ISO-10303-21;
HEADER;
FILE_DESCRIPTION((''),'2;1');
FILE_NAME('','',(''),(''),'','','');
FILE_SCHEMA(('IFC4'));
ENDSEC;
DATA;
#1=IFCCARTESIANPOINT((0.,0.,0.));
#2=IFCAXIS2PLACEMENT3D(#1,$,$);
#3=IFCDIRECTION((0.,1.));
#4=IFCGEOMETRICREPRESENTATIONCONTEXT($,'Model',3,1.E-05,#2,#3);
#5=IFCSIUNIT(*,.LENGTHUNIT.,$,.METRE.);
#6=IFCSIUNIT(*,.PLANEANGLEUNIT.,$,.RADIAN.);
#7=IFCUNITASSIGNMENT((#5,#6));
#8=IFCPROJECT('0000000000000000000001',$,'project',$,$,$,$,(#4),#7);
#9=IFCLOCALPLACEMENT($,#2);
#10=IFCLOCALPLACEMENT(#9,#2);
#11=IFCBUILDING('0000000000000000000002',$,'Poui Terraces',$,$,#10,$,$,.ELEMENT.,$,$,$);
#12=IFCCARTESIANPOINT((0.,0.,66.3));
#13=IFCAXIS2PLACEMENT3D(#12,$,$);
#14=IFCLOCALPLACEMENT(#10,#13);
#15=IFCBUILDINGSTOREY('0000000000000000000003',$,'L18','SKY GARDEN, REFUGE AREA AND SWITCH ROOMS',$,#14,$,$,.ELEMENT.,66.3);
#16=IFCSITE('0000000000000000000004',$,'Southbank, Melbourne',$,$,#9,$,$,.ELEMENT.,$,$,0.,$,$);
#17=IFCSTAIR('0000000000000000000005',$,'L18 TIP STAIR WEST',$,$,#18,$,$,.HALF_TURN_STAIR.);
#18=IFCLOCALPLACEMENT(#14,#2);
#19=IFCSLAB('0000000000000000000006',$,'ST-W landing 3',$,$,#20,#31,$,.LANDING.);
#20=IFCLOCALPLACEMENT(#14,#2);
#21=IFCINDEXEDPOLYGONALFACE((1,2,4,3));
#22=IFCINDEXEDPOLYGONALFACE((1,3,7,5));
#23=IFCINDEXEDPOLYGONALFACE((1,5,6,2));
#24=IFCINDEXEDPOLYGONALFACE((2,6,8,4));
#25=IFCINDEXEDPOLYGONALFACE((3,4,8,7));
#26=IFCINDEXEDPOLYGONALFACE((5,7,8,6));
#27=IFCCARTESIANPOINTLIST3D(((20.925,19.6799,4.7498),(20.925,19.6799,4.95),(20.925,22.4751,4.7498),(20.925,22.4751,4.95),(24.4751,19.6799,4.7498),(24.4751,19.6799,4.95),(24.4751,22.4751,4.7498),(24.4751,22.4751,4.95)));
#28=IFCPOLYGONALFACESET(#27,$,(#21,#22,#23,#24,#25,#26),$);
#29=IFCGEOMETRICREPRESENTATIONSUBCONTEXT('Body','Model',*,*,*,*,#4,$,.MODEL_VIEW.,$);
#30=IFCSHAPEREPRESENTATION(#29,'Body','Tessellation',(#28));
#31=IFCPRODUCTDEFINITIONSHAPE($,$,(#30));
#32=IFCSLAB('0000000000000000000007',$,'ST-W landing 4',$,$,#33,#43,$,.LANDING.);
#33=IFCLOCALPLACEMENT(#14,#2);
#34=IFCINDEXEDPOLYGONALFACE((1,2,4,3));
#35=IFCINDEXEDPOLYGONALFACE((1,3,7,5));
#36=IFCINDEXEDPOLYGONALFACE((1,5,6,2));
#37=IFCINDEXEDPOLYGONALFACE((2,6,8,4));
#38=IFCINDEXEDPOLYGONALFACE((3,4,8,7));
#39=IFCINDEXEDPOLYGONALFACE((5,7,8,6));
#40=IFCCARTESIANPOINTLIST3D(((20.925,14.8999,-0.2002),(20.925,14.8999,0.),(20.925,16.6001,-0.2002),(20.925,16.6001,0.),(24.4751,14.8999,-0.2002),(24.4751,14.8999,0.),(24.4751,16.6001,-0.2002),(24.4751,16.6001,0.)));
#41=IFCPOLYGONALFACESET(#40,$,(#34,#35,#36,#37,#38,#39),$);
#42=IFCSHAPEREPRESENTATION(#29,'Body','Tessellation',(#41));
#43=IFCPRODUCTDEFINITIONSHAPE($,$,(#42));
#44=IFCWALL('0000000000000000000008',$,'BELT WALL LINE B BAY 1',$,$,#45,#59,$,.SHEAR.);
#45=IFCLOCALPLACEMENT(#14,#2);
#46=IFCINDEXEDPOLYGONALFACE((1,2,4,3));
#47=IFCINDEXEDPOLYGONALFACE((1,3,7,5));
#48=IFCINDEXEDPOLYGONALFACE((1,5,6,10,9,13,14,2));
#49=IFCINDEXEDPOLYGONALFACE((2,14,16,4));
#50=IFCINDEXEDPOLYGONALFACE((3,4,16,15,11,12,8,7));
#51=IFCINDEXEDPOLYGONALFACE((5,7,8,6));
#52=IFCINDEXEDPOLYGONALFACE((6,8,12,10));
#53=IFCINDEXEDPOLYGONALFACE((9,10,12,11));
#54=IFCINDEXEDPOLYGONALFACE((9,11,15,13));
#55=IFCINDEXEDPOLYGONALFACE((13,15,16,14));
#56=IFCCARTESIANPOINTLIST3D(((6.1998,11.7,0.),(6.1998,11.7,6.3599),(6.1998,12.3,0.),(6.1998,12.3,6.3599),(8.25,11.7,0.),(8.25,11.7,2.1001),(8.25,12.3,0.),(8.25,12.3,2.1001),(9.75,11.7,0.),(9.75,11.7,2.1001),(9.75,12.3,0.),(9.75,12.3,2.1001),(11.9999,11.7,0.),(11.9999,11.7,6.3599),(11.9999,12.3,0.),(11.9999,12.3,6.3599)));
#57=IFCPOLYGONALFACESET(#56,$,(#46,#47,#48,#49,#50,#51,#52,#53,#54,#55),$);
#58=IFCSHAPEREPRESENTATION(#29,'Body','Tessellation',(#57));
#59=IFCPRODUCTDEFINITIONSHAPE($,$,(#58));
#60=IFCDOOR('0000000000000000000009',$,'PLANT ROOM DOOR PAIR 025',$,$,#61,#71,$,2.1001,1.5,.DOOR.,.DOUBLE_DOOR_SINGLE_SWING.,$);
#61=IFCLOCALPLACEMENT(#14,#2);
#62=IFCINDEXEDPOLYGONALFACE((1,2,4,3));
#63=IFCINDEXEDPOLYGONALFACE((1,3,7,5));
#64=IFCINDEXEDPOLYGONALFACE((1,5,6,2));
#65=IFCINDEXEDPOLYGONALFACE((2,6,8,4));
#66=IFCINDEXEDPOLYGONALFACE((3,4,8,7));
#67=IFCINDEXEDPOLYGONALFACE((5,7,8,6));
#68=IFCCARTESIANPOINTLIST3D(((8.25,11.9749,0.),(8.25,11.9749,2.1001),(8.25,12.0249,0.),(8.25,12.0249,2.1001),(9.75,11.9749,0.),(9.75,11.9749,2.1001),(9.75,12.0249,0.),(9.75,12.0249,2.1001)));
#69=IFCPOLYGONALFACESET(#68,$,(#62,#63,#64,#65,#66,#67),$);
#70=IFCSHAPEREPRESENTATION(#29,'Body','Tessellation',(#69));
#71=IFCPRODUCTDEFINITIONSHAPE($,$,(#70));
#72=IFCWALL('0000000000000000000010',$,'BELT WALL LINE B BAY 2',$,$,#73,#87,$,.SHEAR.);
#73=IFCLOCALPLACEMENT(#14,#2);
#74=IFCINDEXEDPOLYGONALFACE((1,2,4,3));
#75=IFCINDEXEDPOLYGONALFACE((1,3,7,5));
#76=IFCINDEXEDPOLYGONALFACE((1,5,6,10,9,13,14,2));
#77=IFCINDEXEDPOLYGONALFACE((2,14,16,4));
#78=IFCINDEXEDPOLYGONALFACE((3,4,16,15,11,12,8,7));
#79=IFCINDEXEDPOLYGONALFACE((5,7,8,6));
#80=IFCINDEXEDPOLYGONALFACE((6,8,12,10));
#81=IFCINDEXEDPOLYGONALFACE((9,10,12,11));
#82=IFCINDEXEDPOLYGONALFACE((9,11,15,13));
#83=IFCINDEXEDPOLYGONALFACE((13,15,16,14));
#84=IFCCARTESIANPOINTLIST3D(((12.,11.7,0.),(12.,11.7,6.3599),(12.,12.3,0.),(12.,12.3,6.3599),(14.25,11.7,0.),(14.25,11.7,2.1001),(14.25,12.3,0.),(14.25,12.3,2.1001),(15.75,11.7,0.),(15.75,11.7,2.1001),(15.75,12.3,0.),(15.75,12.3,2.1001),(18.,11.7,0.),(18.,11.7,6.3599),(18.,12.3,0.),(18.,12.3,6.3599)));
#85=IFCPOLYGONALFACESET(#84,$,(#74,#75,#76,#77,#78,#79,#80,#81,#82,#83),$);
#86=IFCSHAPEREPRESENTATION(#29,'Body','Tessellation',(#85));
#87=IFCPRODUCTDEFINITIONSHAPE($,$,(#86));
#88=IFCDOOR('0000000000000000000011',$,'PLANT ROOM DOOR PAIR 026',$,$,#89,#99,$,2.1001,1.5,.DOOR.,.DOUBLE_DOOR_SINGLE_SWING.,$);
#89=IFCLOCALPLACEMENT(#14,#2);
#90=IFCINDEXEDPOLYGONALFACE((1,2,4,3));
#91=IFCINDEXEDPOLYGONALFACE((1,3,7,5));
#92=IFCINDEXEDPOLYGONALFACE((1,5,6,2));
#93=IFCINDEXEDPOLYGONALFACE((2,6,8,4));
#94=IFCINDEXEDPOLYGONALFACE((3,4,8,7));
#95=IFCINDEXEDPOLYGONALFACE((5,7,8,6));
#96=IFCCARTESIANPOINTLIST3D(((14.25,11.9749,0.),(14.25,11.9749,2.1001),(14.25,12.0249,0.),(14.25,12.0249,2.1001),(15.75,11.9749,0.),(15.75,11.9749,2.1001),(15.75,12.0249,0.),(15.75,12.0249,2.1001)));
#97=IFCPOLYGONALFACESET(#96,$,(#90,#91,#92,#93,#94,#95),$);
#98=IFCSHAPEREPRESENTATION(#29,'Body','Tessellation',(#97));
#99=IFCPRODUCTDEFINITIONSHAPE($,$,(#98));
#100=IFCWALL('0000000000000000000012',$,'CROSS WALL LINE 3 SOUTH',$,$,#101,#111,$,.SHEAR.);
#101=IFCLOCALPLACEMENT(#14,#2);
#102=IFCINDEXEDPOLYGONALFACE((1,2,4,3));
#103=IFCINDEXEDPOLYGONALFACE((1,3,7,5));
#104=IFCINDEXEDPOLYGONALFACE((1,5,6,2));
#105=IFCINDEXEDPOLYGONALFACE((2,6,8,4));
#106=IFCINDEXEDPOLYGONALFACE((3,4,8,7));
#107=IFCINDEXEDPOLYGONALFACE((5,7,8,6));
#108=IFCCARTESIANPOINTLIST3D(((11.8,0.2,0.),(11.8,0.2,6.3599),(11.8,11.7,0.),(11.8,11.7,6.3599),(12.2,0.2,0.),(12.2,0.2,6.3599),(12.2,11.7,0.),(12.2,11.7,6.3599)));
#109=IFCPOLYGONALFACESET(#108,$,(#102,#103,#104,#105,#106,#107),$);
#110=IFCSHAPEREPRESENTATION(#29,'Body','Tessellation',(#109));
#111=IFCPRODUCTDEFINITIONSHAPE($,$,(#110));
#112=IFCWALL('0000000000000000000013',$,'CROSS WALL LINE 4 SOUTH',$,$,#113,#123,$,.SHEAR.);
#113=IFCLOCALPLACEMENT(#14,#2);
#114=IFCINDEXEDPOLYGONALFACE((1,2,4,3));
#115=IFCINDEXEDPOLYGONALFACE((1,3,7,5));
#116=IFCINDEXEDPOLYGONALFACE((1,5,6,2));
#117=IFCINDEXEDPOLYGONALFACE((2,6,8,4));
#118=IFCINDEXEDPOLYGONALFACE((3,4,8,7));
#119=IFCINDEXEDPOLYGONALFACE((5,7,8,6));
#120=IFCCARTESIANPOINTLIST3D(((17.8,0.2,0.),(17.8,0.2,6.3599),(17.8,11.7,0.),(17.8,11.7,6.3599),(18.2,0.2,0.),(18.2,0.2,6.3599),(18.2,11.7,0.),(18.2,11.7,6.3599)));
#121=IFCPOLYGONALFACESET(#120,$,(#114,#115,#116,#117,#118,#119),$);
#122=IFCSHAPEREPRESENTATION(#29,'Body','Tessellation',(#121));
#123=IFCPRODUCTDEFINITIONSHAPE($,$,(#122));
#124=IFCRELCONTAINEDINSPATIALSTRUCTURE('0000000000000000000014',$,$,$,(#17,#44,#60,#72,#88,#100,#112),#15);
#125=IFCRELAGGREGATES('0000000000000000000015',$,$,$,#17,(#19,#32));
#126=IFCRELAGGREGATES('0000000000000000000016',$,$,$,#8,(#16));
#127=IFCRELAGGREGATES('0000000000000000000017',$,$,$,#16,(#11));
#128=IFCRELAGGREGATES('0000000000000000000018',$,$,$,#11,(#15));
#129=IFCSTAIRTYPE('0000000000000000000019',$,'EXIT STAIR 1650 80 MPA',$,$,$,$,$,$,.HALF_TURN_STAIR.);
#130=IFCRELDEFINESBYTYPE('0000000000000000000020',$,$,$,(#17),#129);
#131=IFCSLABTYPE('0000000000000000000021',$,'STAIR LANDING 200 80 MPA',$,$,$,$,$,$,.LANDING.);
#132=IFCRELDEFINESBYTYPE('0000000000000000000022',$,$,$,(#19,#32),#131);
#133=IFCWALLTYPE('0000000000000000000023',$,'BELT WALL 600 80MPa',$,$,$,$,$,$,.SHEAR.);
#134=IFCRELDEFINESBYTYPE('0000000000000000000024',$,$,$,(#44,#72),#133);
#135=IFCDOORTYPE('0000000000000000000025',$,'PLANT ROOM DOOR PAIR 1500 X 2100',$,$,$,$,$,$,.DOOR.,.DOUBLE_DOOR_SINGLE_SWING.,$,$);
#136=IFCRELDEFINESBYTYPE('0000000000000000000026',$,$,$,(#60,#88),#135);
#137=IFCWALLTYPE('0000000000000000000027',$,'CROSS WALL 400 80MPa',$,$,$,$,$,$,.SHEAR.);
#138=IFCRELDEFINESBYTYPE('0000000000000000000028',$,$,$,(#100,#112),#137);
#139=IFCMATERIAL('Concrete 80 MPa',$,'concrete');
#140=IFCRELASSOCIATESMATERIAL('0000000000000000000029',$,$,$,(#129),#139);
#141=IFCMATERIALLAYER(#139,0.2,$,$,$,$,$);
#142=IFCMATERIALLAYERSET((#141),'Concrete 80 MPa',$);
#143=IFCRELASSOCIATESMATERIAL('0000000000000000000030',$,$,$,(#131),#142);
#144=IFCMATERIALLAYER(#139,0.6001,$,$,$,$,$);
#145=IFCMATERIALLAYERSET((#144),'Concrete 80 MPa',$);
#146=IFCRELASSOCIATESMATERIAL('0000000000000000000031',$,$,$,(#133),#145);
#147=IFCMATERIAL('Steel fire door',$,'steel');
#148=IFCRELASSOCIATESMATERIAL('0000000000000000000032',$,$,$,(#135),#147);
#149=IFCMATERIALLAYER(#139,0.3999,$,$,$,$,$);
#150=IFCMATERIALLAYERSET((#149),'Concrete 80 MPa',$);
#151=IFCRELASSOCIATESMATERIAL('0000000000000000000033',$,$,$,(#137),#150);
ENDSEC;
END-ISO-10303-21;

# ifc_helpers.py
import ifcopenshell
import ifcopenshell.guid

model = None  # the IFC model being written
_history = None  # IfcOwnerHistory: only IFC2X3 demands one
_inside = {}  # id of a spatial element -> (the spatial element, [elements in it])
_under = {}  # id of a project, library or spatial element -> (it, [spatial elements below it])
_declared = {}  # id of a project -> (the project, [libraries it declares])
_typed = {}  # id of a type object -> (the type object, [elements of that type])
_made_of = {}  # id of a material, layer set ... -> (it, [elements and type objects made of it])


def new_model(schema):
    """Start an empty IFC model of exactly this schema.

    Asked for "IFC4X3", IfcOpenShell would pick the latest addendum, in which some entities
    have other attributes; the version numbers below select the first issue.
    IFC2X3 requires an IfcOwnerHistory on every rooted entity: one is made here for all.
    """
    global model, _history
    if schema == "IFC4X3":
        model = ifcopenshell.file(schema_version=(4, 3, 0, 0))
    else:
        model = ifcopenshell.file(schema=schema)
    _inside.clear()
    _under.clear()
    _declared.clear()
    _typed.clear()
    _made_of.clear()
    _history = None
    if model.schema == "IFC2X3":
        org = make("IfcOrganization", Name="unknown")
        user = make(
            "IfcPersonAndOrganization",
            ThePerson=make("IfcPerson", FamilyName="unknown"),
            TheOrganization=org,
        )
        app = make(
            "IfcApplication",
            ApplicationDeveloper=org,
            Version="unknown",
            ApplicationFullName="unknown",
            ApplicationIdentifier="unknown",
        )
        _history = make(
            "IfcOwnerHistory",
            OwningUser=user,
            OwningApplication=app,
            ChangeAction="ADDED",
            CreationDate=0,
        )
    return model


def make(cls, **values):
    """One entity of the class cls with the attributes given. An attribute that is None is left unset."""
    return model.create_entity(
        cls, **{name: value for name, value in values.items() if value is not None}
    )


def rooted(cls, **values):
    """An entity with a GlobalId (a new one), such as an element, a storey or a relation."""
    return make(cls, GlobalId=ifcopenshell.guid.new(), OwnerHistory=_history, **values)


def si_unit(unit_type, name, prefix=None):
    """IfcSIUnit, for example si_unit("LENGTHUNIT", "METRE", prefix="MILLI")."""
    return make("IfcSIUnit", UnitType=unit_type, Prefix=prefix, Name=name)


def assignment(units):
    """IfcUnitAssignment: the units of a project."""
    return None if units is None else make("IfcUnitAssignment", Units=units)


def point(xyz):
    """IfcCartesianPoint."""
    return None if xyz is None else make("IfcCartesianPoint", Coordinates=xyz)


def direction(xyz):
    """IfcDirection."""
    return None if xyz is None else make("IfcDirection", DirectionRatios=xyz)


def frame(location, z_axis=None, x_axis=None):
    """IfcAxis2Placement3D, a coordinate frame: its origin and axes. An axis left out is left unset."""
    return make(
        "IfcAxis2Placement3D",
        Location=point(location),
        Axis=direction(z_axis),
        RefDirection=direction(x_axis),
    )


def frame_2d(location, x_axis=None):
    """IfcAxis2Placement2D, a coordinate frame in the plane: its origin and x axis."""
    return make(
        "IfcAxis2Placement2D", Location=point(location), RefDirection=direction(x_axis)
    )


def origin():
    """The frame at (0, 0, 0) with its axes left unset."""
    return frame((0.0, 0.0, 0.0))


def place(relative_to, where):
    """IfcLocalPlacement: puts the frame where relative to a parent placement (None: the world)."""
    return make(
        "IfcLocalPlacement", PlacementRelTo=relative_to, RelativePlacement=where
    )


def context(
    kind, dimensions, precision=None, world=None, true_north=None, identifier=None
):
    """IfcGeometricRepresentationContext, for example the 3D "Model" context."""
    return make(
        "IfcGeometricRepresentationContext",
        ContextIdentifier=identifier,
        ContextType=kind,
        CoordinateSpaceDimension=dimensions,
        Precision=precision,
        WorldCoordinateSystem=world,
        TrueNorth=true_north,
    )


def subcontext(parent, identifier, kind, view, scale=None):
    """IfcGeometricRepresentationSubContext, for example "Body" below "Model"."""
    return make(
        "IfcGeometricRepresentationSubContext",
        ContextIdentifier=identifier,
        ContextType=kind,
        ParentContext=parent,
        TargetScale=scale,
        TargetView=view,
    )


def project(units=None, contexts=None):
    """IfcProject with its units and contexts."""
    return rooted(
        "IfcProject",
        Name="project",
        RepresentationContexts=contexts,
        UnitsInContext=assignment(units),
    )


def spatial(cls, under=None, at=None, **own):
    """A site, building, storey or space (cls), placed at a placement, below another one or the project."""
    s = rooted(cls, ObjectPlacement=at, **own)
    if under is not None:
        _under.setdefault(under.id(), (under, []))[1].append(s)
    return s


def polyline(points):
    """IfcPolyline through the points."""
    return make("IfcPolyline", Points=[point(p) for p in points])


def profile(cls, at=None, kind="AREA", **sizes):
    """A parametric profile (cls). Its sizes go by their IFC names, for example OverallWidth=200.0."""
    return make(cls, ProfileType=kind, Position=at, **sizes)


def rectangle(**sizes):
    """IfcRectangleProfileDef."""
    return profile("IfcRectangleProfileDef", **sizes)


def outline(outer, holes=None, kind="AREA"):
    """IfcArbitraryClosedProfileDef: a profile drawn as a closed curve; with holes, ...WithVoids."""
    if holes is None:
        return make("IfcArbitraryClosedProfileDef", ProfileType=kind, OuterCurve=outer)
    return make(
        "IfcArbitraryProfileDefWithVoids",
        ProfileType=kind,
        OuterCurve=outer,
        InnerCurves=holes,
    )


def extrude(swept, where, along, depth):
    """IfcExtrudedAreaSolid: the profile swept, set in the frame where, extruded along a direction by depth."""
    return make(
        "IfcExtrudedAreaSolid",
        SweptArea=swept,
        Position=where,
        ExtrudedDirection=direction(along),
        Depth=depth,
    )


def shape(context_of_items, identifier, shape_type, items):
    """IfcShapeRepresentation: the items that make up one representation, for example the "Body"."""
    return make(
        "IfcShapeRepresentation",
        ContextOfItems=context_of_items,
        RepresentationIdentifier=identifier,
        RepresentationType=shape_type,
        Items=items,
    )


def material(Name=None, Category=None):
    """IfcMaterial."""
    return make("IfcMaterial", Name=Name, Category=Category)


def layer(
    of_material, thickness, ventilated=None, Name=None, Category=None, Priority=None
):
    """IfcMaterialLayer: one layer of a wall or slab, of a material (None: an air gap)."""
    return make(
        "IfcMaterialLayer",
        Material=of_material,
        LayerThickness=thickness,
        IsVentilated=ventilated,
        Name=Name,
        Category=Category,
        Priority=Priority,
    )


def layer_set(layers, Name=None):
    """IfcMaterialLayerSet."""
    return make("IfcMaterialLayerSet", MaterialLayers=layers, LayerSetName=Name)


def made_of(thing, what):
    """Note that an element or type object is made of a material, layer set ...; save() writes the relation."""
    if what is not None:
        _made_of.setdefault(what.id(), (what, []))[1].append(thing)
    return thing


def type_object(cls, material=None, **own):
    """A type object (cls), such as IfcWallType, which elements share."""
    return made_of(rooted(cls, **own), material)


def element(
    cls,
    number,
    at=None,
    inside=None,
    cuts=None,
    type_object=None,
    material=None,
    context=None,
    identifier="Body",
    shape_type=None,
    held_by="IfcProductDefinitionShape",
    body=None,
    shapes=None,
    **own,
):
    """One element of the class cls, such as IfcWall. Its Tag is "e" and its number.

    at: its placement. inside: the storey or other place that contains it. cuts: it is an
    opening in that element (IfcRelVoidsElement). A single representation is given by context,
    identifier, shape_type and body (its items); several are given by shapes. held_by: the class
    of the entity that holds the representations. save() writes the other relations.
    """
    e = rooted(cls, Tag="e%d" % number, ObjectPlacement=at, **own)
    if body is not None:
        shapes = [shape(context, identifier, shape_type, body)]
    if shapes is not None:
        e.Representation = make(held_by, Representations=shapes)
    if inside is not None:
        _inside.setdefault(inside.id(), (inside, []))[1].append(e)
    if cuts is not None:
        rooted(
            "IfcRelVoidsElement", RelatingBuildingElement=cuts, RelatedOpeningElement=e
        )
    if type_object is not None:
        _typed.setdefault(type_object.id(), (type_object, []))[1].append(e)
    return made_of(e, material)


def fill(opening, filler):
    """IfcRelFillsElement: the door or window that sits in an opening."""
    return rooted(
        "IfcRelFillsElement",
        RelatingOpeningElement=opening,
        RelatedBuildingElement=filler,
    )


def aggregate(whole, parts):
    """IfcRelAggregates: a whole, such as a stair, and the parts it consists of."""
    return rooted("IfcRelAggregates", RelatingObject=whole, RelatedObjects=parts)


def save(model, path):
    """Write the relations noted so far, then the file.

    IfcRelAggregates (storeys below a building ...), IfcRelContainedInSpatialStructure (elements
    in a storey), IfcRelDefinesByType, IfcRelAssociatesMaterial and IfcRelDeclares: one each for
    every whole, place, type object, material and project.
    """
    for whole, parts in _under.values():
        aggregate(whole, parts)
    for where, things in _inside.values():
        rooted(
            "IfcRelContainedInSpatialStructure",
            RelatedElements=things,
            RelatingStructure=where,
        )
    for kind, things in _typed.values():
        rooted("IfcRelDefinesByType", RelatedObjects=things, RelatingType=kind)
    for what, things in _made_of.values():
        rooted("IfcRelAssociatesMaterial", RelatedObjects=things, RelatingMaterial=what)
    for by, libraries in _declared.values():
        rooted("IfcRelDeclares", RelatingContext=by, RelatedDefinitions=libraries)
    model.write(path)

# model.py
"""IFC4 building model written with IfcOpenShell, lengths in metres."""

from ifc_helpers import new_model, si_unit, direction, frame, frame_2d, origin, place, context, subcontext, project, spatial, polyline, rectangle, outline, extrude, material, layer, layer_set, type_object, element, fill, aggregate, save


model = new_model("IFC4")

# Units and contexts
model_context = context("Model", 3, precision=1e-05, world=origin(), true_north=direction((0.0, 1.0)))
body_context = subcontext(model_context, "Body", "Model", "MODEL_VIEW")
ifc_project = project(units=[si_unit("LENGTHUNIT", "METRE"), si_unit("PLANEANGLEUNIT", "RADIAN")], contexts=[model_context])

# Site, building, storey
site_placement = place(None, origin())
site = spatial("IfcSite", under=ifc_project, at=site_placement, Name="Southbank, Melbourne", CompositionType="ELEMENT", RefElevation=0.0)
building_placement = place(site_placement, origin())
building = spatial("IfcBuilding", under=site, at=building_placement, Name="Poui Terraces", CompositionType="ELEMENT")
storey_placement = place(building_placement, frame((0.0, 0.0, 66.3)))
storey = spatial("IfcBuildingStorey", under=building, at=storey_placement, Name="L18", Description="SKY GARDEN, REFUGE AREA AND SWITCH ROOMS", CompositionType="ELEMENT", Elevation=66.3)

# Stair, slabs
ifc_material_1 = material(Name="Concrete 80 MPa", Category="concrete")
stair_type = type_object("IfcStairType", Name="EXIT STAIR 1650 80 MPA", PredefinedType="HALF_TURN_STAIR", material=ifc_material_1)
stair_placement = place(storey_placement, origin())
stair = element("IfcStair", 1, at=stair_placement, inside=storey, type_object=stair_type, Name="L18 TIP STAIR WEST", PredefinedType="HALF_TURN_STAIR")
ifc_layer_1 = layer(ifc_material_1, 0.2)
ifc_layer_set_1 = layer_set([ifc_layer_1], Name="Concrete 80 MPa")
slab_type = type_object("IfcSlabType", Name="STAIR LANDING 200 80 MPA", PredefinedType="LANDING", material=ifc_layer_set_1)
slab_1_placement = place(storey_placement, frame((0.0, 0.0, 4.7498)))
slab_1 = element("IfcSlab", 2, at=slab_1_placement, type_object=slab_type, Name="ST-W landing 3", PredefinedType="LANDING", context=body_context, shape_type="SweptSolid", body=[
    extrude(outline(polyline([(20.925, 19.6799), (24.4751, 19.6799), (24.4751, 22.4751), (20.925, 22.4751), (20.925, 19.6799)])), origin(), (0.0, 0.0, 1.0), 0.2002),
])
slab_2_placement = place(storey_placement, frame((0.0, 0.0, -0.2002)))
slab_2 = element("IfcSlab", 3, at=slab_2_placement, type_object=slab_type, Name="ST-W landing 4", PredefinedType="LANDING", context=body_context, shape_type="SweptSolid", body=[
    extrude(outline(polyline([(20.925, 14.8999), (24.4751, 14.8999), (24.4751, 16.6001), (20.925, 16.6001), (20.925, 14.8999)])), origin(), (0.0, 0.0, 1.0), 0.2002),
])
aggregate(stair, [slab_1, slab_2])

# Walls, openings, doors
ifc_layer_2 = layer(ifc_material_1, 0.6001)
ifc_layer_set_2 = layer_set([ifc_layer_2], Name="Concrete 80 MPa")
wall_type_1 = type_object("IfcWallType", Name="BELT WALL 600 80MPa", PredefinedType="SHEAR", material=ifc_layer_set_2)
wall_1_placement = place(storey_placement, frame((6.2, 12.0, 0.0), z_axis=(0.0, 0.0, 1.0), x_axis=(1.0, 0.0, 0.0)))
wall_1 = element("IfcWall", 4, at=wall_1_placement, inside=storey, type_object=wall_type_1, Name="BELT WALL LINE B BAY 1", PredefinedType="SHEAR", context=body_context, shape_type="SweptSolid", body=[
    extrude(rectangle(XDim=5.8, YDim=0.6001, at=frame_2d((2.8999, 0.0))), origin(), (0.0, 0.0, 1.0), 6.3599),
])
opening_1_placement = place(wall_1_placement, frame((2.05, 0.0, 0.0)))
opening_1 = element("IfcOpeningElement", 5, at=opening_1_placement, cuts=wall_1, PredefinedType="OPENING", context=body_context, shape_type="SweptSolid", body=[
    extrude(rectangle(XDim=1.5, YDim=2.1001, at=frame_2d((0.75, 1.05))), frame((0.0, 0.3101, 0.0), z_axis=(0.0, -1.0, 0.0), x_axis=(1.0, 0.0, 0.0)), (0.0, 0.0, 1.0), 0.6201),
])
ifc_material_2 = material(Name="Steel fire door", Category="steel")
door_type_1 = type_object("IfcDoorType", Name="PLANT ROOM DOOR PAIR 1500 X 2100", OperationType="DOUBLE_DOOR_SINGLE_SWING", PredefinedType="DOOR", material=ifc_material_2)
door_1_placement = place(opening_1_placement, origin())
door_1 = element("IfcDoor", 6, at=door_1_placement, inside=storey, type_object=door_type_1, Name="PLANT ROOM DOOR PAIR 025", OperationType="DOUBLE_DOOR_SINGLE_SWING", OverallHeight=2.1001, OverallWidth=1.5, PredefinedType="DOOR", context=body_context, shape_type="SweptSolid", body=[
    extrude(rectangle(XDim=1.5, YDim=2.1001, at=frame_2d((0.75, 1.05))), frame((0.0, 0.0249, 0.0), z_axis=(0.0, -1.0, 0.0), x_axis=(1.0, 0.0, 0.0)), (0.0, 0.0, 1.0), 0.05),
])
fill(opening_1, door_1)
wall_2_placement = place(storey_placement, frame((12.0, 12.0, 0.0), z_axis=(0.0, 0.0, 1.0), x_axis=(1.0, 0.0, 0.0)))
wall_2 = element("IfcWall", 7, at=wall_2_placement, inside=storey, type_object=wall_type_1, Name="BELT WALL LINE B BAY 2", PredefinedType="SHEAR", context=body_context, shape_type="SweptSolid", body=[
    extrude(rectangle(XDim=6.0, YDim=0.6001, at=frame_2d((3.0, 0.0))), origin(), (0.0, 0.0, 1.0), 6.3599),
])
opening_2_placement = place(wall_2_placement, frame((2.25, 0.0, 0.0)))
opening_2 = element("IfcOpeningElement", 8, at=opening_2_placement, cuts=wall_2, PredefinedType="OPENING", context=body_context, shape_type="SweptSolid", body=[
    extrude(rectangle(XDim=1.5, YDim=2.1001, at=frame_2d((0.75, 1.05))), frame((0.0, 0.3101, 0.0), z_axis=(0.0, -1.0, 0.0), x_axis=(1.0, 0.0, 0.0)), (0.0, 0.0, 1.0), 0.6201),
])
door_2_placement = place(opening_2_placement, origin())
door_2 = element("IfcDoor", 9, at=door_2_placement, inside=storey, type_object=door_type_1, Name="PLANT ROOM DOOR PAIR 026", OperationType="DOUBLE_DOOR_SINGLE_SWING", OverallHeight=2.1001, OverallWidth=1.5, PredefinedType="DOOR", context=body_context, shape_type="SweptSolid", body=[
    extrude(rectangle(XDim=1.5, YDim=2.1001, at=frame_2d((0.75, 1.05))), frame((0.0, 0.0249, 0.0), z_axis=(0.0, -1.0, 0.0), x_axis=(1.0, 0.0, 0.0)), (0.0, 0.0, 1.0), 0.05),
])
fill(opening_2, door_2)

# Walls
ifc_layer_3 = layer(ifc_material_1, 0.3999)
ifc_layer_set_3 = layer_set([ifc_layer_3], Name="Concrete 80 MPa")
wall_type_2 = type_object("IfcWallType", Name="CROSS WALL 400 80MPa", PredefinedType="SHEAR", material=ifc_layer_set_3)
for number, where, z_axis, x_axis, name in (
    (10, (12.0, 0.2, 0.0), (0.0, 0.0, 1.0), (0.0, 1.0, 0.0), "CROSS WALL LINE 3 SOUTH"),
    (11, (18.0, 0.2, 0.0), (0.0, 0.0, 1.0), (0.0, 1.0, 0.0), "CROSS WALL LINE 4 SOUTH"),
):
    element("IfcWall", number, at=place(storey_placement, frame(where, z_axis=z_axis, x_axis=x_axis)), inside=storey, type_object=wall_type_2, Name=name, PredefinedType="SHEAR", context=body_context, shape_type="SweptSolid", body=[
        extrude(rectangle(XDim=11.5, YDim=0.3999, at=frame_2d((5.75, 0.0))), origin(), (0.0, 0.0, 1.0), 6.3599),
    ])

save(model, "model.ifc")
